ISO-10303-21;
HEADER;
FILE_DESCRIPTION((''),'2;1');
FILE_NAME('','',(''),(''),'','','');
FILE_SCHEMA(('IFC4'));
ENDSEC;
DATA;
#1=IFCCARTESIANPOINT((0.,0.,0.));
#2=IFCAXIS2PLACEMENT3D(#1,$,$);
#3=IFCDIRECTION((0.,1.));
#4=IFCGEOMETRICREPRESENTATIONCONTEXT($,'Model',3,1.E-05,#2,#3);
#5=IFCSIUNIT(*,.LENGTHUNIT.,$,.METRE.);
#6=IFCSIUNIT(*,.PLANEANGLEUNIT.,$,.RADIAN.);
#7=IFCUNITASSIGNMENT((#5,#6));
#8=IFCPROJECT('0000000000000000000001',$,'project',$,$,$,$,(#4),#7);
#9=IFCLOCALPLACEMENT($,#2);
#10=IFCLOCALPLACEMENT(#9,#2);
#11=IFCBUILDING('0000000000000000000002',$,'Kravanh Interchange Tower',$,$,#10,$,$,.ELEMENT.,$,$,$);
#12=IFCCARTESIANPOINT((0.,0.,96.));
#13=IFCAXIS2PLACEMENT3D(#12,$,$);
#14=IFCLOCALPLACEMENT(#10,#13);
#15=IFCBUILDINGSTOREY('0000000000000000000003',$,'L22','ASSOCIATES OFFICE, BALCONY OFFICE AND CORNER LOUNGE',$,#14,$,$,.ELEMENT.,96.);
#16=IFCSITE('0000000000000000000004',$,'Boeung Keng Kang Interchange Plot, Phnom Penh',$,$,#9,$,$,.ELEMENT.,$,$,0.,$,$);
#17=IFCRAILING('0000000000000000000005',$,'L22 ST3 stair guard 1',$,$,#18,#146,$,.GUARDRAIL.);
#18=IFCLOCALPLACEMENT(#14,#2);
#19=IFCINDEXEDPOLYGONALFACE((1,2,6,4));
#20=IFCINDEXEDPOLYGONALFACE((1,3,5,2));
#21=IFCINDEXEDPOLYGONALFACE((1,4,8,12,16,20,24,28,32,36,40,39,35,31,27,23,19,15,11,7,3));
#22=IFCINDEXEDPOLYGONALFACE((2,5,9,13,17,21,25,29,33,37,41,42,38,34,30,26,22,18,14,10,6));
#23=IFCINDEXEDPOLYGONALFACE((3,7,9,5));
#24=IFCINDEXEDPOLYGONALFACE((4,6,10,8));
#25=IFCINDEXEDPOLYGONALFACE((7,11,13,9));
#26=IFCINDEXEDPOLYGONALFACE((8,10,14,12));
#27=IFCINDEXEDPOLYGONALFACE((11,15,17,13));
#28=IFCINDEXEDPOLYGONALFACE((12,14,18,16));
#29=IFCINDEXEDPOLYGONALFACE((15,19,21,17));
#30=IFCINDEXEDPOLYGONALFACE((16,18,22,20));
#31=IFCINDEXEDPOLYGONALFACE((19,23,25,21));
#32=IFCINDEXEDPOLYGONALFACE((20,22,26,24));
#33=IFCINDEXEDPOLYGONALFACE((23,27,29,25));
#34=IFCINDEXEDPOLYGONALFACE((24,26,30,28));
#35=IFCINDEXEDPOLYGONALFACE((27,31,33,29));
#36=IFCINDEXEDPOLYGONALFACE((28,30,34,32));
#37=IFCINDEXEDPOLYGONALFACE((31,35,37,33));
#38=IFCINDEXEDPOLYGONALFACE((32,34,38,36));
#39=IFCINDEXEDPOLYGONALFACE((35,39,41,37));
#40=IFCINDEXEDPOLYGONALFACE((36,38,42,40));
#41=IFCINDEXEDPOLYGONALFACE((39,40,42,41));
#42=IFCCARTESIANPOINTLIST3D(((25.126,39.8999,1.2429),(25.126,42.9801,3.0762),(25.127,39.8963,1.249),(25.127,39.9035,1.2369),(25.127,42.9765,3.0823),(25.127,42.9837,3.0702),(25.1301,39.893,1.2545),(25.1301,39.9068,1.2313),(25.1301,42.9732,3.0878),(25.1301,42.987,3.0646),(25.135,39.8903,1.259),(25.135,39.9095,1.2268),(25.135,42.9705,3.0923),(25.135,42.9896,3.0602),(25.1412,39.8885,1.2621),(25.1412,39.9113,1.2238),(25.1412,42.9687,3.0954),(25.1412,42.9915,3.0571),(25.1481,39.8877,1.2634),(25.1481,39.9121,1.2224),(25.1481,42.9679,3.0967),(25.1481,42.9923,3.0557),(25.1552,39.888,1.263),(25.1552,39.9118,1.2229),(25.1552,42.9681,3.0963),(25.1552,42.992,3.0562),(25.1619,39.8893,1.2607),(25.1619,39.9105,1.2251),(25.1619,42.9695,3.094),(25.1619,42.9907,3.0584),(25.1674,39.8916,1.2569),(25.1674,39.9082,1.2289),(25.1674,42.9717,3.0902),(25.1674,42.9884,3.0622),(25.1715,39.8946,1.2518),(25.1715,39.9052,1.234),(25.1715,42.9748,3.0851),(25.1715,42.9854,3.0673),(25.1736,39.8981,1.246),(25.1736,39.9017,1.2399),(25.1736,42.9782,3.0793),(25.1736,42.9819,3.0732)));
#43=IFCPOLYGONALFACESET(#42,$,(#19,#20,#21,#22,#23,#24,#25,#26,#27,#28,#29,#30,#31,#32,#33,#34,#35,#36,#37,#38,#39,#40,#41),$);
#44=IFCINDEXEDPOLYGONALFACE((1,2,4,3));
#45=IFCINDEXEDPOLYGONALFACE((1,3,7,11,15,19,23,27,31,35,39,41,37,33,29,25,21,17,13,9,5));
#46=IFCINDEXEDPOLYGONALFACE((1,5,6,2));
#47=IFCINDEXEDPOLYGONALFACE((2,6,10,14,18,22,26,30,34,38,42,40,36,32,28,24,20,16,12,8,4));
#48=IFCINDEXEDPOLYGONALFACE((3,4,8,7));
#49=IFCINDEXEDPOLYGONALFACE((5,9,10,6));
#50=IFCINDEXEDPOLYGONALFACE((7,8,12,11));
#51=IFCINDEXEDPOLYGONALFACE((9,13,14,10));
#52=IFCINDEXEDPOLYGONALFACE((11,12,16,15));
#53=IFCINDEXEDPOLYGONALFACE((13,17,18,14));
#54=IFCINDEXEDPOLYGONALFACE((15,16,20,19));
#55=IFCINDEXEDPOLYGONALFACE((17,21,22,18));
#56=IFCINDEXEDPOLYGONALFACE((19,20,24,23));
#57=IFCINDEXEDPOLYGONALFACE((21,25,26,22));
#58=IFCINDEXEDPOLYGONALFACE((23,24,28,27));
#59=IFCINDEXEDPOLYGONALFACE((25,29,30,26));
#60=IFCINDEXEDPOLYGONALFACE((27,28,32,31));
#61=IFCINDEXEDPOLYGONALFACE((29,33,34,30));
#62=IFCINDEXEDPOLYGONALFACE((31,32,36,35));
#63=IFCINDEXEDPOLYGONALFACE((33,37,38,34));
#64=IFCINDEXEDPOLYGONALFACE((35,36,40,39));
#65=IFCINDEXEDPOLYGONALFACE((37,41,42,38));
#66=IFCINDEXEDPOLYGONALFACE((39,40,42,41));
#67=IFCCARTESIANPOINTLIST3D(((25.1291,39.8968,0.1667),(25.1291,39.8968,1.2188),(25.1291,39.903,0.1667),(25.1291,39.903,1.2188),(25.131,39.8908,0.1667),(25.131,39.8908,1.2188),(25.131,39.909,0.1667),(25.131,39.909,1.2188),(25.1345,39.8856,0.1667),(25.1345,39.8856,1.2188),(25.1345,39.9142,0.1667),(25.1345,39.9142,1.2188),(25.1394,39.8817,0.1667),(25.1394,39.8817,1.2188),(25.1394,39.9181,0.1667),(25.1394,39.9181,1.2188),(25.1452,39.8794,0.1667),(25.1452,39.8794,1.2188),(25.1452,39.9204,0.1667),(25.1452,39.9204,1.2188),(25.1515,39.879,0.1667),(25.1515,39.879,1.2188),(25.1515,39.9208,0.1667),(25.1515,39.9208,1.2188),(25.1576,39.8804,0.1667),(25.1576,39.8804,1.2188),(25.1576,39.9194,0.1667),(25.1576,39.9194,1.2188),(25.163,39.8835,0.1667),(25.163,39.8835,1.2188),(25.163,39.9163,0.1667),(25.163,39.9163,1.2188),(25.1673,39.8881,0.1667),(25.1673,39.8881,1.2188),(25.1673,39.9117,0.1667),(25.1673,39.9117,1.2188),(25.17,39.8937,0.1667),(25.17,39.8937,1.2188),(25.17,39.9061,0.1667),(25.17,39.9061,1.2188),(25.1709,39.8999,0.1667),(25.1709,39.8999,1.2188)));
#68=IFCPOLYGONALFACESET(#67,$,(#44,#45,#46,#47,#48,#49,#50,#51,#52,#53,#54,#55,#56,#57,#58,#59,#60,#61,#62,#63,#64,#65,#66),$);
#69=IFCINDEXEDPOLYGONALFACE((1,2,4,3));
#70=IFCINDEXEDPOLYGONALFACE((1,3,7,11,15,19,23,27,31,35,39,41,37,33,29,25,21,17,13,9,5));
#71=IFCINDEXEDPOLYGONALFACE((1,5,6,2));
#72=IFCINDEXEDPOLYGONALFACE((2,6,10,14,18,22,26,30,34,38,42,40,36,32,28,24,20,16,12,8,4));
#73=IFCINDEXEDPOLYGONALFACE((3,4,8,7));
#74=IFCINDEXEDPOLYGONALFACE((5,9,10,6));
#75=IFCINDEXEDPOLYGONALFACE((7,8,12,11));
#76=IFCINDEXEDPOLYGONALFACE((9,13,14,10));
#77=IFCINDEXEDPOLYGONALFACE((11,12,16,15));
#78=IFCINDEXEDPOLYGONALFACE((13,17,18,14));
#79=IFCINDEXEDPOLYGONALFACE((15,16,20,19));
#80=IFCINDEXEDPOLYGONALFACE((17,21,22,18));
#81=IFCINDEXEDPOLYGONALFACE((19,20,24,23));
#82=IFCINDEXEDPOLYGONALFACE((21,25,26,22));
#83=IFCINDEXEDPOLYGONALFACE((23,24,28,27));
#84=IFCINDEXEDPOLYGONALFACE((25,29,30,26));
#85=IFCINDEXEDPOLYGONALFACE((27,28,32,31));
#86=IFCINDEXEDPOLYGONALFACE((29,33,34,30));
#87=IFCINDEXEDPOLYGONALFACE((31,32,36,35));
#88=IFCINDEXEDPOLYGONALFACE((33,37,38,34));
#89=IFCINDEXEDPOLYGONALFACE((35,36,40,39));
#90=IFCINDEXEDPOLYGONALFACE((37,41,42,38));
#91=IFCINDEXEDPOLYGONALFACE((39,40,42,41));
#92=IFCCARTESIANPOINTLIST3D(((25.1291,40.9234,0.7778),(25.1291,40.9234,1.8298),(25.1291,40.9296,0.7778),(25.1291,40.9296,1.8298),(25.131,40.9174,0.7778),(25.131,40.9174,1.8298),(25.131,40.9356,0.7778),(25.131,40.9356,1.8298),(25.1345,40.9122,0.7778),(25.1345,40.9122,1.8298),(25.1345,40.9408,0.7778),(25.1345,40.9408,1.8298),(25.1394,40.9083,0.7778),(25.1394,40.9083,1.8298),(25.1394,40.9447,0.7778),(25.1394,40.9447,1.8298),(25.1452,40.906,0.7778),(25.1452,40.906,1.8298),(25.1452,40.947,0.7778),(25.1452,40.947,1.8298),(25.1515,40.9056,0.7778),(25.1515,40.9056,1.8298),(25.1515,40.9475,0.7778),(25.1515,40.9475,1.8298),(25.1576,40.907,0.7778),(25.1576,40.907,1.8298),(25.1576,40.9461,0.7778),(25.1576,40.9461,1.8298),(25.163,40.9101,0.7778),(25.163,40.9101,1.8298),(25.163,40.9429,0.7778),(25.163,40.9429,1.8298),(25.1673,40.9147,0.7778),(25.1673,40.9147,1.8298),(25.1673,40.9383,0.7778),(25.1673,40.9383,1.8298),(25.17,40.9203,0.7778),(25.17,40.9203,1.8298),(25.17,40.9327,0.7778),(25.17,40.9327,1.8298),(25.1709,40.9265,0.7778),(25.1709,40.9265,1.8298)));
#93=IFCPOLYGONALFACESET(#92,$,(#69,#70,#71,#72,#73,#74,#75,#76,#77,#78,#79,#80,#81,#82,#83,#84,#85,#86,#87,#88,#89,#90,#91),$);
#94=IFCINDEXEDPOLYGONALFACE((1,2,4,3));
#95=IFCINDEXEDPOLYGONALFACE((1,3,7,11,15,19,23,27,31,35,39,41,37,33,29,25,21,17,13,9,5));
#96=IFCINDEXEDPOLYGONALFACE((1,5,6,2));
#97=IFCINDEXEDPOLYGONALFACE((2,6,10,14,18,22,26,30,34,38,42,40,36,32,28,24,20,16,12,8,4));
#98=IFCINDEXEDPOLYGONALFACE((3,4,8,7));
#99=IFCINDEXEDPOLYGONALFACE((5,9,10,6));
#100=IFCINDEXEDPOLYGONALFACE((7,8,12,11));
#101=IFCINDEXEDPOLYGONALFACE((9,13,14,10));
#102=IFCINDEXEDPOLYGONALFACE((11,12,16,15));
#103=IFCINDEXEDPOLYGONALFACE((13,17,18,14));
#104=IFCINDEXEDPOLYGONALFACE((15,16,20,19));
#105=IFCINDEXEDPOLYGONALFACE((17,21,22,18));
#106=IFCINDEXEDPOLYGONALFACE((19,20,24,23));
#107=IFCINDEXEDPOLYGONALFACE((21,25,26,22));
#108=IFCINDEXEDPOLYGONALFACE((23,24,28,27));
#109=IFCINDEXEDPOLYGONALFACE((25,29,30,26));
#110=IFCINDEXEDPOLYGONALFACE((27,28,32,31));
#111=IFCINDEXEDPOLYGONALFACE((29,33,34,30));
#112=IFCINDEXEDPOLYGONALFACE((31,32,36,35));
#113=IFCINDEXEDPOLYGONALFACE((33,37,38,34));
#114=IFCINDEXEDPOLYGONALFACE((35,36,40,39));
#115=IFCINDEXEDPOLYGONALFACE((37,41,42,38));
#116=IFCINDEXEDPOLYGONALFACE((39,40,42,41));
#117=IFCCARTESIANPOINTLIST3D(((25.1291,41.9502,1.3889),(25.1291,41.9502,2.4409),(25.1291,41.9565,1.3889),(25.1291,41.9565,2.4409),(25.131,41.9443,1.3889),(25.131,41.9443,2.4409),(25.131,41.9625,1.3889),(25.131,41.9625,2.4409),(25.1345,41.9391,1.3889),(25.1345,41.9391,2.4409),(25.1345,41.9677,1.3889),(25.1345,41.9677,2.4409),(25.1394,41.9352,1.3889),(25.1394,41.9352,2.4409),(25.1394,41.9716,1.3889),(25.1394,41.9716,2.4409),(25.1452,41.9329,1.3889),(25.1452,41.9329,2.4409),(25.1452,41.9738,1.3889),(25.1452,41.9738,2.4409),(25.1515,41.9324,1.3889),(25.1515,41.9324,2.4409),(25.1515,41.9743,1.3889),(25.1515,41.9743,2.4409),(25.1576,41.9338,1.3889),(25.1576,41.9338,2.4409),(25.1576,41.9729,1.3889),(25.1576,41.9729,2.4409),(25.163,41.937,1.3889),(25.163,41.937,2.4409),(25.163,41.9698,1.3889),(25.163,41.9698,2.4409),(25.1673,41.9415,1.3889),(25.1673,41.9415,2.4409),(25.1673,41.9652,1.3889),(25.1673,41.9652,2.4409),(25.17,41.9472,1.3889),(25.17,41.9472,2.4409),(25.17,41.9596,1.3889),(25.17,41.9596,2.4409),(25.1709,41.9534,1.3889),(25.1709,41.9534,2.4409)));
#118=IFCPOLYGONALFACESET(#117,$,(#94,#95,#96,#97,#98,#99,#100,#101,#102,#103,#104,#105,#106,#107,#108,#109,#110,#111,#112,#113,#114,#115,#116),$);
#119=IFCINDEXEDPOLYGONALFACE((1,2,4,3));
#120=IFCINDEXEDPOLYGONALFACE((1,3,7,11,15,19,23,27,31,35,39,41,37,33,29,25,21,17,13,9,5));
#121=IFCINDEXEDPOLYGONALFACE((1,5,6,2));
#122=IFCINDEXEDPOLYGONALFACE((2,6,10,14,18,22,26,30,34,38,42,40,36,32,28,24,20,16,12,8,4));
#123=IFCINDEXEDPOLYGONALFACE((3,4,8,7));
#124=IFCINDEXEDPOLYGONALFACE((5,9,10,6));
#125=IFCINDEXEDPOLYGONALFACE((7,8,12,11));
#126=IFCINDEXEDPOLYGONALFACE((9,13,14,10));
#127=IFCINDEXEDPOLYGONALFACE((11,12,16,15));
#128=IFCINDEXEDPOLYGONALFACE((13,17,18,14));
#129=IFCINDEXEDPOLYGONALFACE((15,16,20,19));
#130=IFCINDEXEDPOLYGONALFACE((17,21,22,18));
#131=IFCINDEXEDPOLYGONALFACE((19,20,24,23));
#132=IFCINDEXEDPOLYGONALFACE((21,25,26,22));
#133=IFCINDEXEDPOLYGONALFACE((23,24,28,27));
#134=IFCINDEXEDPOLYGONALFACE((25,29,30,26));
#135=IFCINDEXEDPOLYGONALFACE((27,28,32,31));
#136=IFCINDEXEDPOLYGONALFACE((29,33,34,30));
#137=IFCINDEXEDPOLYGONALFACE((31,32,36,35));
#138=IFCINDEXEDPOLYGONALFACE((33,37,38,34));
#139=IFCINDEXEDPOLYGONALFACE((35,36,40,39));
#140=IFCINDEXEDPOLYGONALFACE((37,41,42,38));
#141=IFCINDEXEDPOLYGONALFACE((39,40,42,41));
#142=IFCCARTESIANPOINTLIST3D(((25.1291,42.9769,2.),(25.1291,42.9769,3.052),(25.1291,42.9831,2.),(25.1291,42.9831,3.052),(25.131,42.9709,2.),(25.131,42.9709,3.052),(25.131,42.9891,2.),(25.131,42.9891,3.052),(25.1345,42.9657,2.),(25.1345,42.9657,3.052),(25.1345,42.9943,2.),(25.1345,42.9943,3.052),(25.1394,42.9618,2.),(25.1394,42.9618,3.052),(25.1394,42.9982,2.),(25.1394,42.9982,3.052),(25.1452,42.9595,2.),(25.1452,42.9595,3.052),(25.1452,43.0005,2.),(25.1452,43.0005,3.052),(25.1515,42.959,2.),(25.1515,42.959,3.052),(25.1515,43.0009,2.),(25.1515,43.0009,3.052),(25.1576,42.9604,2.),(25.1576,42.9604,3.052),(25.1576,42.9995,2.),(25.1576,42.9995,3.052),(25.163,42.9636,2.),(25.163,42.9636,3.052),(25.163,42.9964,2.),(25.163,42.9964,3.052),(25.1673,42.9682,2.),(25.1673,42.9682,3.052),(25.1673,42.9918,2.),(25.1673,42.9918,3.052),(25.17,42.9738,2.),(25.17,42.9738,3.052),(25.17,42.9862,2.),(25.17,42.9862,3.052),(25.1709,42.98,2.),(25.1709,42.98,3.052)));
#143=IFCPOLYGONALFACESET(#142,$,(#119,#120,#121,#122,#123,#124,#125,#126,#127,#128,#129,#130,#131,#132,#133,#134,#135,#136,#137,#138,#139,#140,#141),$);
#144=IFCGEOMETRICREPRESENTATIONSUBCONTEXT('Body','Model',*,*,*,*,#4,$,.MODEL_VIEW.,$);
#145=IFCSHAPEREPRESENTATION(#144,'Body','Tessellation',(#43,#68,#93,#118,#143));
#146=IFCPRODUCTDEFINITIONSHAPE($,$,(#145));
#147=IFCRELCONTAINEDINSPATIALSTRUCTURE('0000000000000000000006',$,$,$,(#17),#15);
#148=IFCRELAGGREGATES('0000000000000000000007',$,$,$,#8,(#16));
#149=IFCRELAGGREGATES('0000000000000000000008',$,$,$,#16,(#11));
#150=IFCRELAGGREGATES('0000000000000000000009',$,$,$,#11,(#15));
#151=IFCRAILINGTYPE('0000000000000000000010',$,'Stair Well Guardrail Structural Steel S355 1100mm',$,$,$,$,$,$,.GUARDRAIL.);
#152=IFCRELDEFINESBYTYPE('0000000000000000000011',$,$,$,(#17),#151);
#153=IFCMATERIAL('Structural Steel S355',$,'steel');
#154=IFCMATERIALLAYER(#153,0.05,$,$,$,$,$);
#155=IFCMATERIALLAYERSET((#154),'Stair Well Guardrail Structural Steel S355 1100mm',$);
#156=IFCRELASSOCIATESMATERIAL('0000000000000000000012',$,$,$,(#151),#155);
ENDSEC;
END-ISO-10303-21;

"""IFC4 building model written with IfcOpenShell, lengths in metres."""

from ifc_helpers import new_model, si_unit, direction, frame, origin, origin_2d, place, context, subcontext, project, spatial, circle, extrude, material, layer, layer_set, type_object, element, save


model = new_model("IFC4")

# Units and contexts
model_context = context("Model", 3, precision=1e-05, world=origin(), true_north=direction((0.0, 1.0)))
body_context = subcontext(model_context, "Body", "Model", "MODEL_VIEW")
ifc_project = project(units=[si_unit("LENGTHUNIT", "METRE"), si_unit("PLANEANGLEUNIT", "RADIAN")], contexts=[model_context])

# Site, building, storey
site_placement = place(None, origin())
site = spatial("IfcSite", under=ifc_project, at=site_placement, Name="Boeung Keng Kang Interchange Plot, Phnom Penh", CompositionType="ELEMENT", RefElevation=0.0)
building_placement = place(site_placement, origin())
building = spatial("IfcBuilding", under=site, at=building_placement, Name="Kravanh Interchange Tower", CompositionType="ELEMENT")
storey_placement = place(building_placement, frame((0.0, 0.0, 96.0)))
storey = spatial("IfcBuildingStorey", under=building, at=storey_placement, Name="L22", Description="ASSOCIATES OFFICE, BALCONY OFFICE AND CORNER LOUNGE", CompositionType="ELEMENT", Elevation=96.0)

# Railing
ifc_material_1 = material(Name="Structural Steel S355", Category="steel")
ifc_layer_1 = layer(ifc_material_1, 0.05)
ifc_layer_set_1 = layer_set([ifc_layer_1], Name="Stair Well Guardrail Structural Steel S355 1100mm")
railing_type_1 = type_object("IfcRailingType", Name="Stair Well Guardrail Structural Steel S355 1100mm", PredefinedType="GUARDRAIL", material=ifc_layer_set_1)
railing_1_placement = place(storey_placement, frame((25.1499, 39.8999, 0.1667)))
element("IfcRailing", 1, at=railing_1_placement, inside=storey, type_object=railing_type_1, Name="L22 ST3 stair guard 1", PredefinedType="GUARDRAIL", context=body_context, shape_type="SweptSolid", body=[
    extrude(circle(Radius=0.0239, at=origin_2d()), frame((0.0, 0.0, 1.0762), z_axis=(0.0, 0.859309, 0.511458), x_axis=(-1.0, 0.0, 0.0)), (0.0, 0.0, 1.0), 3.5845),
    extrude(circle(Radius=0.021, at=origin_2d()), origin(), (0.0, 0.0, 1.0), 1.052),
    extrude(circle(Radius=0.021, at=origin_2d()), frame((0.0, 1.0266, 0.6111)), (0.0, 0.0, 1.0), 1.052),
    extrude(circle(Radius=0.021, at=origin_2d()), frame((0.0, 2.0535, 1.2222)), (0.0, 0.0, 1.0), 1.052),
    extrude(circle(Radius=0.021, at=origin_2d()), frame((0.0, 3.0801, 1.8333)), (0.0, 0.0, 1.0), 1.052),
])

save(model, "model.ifc")
